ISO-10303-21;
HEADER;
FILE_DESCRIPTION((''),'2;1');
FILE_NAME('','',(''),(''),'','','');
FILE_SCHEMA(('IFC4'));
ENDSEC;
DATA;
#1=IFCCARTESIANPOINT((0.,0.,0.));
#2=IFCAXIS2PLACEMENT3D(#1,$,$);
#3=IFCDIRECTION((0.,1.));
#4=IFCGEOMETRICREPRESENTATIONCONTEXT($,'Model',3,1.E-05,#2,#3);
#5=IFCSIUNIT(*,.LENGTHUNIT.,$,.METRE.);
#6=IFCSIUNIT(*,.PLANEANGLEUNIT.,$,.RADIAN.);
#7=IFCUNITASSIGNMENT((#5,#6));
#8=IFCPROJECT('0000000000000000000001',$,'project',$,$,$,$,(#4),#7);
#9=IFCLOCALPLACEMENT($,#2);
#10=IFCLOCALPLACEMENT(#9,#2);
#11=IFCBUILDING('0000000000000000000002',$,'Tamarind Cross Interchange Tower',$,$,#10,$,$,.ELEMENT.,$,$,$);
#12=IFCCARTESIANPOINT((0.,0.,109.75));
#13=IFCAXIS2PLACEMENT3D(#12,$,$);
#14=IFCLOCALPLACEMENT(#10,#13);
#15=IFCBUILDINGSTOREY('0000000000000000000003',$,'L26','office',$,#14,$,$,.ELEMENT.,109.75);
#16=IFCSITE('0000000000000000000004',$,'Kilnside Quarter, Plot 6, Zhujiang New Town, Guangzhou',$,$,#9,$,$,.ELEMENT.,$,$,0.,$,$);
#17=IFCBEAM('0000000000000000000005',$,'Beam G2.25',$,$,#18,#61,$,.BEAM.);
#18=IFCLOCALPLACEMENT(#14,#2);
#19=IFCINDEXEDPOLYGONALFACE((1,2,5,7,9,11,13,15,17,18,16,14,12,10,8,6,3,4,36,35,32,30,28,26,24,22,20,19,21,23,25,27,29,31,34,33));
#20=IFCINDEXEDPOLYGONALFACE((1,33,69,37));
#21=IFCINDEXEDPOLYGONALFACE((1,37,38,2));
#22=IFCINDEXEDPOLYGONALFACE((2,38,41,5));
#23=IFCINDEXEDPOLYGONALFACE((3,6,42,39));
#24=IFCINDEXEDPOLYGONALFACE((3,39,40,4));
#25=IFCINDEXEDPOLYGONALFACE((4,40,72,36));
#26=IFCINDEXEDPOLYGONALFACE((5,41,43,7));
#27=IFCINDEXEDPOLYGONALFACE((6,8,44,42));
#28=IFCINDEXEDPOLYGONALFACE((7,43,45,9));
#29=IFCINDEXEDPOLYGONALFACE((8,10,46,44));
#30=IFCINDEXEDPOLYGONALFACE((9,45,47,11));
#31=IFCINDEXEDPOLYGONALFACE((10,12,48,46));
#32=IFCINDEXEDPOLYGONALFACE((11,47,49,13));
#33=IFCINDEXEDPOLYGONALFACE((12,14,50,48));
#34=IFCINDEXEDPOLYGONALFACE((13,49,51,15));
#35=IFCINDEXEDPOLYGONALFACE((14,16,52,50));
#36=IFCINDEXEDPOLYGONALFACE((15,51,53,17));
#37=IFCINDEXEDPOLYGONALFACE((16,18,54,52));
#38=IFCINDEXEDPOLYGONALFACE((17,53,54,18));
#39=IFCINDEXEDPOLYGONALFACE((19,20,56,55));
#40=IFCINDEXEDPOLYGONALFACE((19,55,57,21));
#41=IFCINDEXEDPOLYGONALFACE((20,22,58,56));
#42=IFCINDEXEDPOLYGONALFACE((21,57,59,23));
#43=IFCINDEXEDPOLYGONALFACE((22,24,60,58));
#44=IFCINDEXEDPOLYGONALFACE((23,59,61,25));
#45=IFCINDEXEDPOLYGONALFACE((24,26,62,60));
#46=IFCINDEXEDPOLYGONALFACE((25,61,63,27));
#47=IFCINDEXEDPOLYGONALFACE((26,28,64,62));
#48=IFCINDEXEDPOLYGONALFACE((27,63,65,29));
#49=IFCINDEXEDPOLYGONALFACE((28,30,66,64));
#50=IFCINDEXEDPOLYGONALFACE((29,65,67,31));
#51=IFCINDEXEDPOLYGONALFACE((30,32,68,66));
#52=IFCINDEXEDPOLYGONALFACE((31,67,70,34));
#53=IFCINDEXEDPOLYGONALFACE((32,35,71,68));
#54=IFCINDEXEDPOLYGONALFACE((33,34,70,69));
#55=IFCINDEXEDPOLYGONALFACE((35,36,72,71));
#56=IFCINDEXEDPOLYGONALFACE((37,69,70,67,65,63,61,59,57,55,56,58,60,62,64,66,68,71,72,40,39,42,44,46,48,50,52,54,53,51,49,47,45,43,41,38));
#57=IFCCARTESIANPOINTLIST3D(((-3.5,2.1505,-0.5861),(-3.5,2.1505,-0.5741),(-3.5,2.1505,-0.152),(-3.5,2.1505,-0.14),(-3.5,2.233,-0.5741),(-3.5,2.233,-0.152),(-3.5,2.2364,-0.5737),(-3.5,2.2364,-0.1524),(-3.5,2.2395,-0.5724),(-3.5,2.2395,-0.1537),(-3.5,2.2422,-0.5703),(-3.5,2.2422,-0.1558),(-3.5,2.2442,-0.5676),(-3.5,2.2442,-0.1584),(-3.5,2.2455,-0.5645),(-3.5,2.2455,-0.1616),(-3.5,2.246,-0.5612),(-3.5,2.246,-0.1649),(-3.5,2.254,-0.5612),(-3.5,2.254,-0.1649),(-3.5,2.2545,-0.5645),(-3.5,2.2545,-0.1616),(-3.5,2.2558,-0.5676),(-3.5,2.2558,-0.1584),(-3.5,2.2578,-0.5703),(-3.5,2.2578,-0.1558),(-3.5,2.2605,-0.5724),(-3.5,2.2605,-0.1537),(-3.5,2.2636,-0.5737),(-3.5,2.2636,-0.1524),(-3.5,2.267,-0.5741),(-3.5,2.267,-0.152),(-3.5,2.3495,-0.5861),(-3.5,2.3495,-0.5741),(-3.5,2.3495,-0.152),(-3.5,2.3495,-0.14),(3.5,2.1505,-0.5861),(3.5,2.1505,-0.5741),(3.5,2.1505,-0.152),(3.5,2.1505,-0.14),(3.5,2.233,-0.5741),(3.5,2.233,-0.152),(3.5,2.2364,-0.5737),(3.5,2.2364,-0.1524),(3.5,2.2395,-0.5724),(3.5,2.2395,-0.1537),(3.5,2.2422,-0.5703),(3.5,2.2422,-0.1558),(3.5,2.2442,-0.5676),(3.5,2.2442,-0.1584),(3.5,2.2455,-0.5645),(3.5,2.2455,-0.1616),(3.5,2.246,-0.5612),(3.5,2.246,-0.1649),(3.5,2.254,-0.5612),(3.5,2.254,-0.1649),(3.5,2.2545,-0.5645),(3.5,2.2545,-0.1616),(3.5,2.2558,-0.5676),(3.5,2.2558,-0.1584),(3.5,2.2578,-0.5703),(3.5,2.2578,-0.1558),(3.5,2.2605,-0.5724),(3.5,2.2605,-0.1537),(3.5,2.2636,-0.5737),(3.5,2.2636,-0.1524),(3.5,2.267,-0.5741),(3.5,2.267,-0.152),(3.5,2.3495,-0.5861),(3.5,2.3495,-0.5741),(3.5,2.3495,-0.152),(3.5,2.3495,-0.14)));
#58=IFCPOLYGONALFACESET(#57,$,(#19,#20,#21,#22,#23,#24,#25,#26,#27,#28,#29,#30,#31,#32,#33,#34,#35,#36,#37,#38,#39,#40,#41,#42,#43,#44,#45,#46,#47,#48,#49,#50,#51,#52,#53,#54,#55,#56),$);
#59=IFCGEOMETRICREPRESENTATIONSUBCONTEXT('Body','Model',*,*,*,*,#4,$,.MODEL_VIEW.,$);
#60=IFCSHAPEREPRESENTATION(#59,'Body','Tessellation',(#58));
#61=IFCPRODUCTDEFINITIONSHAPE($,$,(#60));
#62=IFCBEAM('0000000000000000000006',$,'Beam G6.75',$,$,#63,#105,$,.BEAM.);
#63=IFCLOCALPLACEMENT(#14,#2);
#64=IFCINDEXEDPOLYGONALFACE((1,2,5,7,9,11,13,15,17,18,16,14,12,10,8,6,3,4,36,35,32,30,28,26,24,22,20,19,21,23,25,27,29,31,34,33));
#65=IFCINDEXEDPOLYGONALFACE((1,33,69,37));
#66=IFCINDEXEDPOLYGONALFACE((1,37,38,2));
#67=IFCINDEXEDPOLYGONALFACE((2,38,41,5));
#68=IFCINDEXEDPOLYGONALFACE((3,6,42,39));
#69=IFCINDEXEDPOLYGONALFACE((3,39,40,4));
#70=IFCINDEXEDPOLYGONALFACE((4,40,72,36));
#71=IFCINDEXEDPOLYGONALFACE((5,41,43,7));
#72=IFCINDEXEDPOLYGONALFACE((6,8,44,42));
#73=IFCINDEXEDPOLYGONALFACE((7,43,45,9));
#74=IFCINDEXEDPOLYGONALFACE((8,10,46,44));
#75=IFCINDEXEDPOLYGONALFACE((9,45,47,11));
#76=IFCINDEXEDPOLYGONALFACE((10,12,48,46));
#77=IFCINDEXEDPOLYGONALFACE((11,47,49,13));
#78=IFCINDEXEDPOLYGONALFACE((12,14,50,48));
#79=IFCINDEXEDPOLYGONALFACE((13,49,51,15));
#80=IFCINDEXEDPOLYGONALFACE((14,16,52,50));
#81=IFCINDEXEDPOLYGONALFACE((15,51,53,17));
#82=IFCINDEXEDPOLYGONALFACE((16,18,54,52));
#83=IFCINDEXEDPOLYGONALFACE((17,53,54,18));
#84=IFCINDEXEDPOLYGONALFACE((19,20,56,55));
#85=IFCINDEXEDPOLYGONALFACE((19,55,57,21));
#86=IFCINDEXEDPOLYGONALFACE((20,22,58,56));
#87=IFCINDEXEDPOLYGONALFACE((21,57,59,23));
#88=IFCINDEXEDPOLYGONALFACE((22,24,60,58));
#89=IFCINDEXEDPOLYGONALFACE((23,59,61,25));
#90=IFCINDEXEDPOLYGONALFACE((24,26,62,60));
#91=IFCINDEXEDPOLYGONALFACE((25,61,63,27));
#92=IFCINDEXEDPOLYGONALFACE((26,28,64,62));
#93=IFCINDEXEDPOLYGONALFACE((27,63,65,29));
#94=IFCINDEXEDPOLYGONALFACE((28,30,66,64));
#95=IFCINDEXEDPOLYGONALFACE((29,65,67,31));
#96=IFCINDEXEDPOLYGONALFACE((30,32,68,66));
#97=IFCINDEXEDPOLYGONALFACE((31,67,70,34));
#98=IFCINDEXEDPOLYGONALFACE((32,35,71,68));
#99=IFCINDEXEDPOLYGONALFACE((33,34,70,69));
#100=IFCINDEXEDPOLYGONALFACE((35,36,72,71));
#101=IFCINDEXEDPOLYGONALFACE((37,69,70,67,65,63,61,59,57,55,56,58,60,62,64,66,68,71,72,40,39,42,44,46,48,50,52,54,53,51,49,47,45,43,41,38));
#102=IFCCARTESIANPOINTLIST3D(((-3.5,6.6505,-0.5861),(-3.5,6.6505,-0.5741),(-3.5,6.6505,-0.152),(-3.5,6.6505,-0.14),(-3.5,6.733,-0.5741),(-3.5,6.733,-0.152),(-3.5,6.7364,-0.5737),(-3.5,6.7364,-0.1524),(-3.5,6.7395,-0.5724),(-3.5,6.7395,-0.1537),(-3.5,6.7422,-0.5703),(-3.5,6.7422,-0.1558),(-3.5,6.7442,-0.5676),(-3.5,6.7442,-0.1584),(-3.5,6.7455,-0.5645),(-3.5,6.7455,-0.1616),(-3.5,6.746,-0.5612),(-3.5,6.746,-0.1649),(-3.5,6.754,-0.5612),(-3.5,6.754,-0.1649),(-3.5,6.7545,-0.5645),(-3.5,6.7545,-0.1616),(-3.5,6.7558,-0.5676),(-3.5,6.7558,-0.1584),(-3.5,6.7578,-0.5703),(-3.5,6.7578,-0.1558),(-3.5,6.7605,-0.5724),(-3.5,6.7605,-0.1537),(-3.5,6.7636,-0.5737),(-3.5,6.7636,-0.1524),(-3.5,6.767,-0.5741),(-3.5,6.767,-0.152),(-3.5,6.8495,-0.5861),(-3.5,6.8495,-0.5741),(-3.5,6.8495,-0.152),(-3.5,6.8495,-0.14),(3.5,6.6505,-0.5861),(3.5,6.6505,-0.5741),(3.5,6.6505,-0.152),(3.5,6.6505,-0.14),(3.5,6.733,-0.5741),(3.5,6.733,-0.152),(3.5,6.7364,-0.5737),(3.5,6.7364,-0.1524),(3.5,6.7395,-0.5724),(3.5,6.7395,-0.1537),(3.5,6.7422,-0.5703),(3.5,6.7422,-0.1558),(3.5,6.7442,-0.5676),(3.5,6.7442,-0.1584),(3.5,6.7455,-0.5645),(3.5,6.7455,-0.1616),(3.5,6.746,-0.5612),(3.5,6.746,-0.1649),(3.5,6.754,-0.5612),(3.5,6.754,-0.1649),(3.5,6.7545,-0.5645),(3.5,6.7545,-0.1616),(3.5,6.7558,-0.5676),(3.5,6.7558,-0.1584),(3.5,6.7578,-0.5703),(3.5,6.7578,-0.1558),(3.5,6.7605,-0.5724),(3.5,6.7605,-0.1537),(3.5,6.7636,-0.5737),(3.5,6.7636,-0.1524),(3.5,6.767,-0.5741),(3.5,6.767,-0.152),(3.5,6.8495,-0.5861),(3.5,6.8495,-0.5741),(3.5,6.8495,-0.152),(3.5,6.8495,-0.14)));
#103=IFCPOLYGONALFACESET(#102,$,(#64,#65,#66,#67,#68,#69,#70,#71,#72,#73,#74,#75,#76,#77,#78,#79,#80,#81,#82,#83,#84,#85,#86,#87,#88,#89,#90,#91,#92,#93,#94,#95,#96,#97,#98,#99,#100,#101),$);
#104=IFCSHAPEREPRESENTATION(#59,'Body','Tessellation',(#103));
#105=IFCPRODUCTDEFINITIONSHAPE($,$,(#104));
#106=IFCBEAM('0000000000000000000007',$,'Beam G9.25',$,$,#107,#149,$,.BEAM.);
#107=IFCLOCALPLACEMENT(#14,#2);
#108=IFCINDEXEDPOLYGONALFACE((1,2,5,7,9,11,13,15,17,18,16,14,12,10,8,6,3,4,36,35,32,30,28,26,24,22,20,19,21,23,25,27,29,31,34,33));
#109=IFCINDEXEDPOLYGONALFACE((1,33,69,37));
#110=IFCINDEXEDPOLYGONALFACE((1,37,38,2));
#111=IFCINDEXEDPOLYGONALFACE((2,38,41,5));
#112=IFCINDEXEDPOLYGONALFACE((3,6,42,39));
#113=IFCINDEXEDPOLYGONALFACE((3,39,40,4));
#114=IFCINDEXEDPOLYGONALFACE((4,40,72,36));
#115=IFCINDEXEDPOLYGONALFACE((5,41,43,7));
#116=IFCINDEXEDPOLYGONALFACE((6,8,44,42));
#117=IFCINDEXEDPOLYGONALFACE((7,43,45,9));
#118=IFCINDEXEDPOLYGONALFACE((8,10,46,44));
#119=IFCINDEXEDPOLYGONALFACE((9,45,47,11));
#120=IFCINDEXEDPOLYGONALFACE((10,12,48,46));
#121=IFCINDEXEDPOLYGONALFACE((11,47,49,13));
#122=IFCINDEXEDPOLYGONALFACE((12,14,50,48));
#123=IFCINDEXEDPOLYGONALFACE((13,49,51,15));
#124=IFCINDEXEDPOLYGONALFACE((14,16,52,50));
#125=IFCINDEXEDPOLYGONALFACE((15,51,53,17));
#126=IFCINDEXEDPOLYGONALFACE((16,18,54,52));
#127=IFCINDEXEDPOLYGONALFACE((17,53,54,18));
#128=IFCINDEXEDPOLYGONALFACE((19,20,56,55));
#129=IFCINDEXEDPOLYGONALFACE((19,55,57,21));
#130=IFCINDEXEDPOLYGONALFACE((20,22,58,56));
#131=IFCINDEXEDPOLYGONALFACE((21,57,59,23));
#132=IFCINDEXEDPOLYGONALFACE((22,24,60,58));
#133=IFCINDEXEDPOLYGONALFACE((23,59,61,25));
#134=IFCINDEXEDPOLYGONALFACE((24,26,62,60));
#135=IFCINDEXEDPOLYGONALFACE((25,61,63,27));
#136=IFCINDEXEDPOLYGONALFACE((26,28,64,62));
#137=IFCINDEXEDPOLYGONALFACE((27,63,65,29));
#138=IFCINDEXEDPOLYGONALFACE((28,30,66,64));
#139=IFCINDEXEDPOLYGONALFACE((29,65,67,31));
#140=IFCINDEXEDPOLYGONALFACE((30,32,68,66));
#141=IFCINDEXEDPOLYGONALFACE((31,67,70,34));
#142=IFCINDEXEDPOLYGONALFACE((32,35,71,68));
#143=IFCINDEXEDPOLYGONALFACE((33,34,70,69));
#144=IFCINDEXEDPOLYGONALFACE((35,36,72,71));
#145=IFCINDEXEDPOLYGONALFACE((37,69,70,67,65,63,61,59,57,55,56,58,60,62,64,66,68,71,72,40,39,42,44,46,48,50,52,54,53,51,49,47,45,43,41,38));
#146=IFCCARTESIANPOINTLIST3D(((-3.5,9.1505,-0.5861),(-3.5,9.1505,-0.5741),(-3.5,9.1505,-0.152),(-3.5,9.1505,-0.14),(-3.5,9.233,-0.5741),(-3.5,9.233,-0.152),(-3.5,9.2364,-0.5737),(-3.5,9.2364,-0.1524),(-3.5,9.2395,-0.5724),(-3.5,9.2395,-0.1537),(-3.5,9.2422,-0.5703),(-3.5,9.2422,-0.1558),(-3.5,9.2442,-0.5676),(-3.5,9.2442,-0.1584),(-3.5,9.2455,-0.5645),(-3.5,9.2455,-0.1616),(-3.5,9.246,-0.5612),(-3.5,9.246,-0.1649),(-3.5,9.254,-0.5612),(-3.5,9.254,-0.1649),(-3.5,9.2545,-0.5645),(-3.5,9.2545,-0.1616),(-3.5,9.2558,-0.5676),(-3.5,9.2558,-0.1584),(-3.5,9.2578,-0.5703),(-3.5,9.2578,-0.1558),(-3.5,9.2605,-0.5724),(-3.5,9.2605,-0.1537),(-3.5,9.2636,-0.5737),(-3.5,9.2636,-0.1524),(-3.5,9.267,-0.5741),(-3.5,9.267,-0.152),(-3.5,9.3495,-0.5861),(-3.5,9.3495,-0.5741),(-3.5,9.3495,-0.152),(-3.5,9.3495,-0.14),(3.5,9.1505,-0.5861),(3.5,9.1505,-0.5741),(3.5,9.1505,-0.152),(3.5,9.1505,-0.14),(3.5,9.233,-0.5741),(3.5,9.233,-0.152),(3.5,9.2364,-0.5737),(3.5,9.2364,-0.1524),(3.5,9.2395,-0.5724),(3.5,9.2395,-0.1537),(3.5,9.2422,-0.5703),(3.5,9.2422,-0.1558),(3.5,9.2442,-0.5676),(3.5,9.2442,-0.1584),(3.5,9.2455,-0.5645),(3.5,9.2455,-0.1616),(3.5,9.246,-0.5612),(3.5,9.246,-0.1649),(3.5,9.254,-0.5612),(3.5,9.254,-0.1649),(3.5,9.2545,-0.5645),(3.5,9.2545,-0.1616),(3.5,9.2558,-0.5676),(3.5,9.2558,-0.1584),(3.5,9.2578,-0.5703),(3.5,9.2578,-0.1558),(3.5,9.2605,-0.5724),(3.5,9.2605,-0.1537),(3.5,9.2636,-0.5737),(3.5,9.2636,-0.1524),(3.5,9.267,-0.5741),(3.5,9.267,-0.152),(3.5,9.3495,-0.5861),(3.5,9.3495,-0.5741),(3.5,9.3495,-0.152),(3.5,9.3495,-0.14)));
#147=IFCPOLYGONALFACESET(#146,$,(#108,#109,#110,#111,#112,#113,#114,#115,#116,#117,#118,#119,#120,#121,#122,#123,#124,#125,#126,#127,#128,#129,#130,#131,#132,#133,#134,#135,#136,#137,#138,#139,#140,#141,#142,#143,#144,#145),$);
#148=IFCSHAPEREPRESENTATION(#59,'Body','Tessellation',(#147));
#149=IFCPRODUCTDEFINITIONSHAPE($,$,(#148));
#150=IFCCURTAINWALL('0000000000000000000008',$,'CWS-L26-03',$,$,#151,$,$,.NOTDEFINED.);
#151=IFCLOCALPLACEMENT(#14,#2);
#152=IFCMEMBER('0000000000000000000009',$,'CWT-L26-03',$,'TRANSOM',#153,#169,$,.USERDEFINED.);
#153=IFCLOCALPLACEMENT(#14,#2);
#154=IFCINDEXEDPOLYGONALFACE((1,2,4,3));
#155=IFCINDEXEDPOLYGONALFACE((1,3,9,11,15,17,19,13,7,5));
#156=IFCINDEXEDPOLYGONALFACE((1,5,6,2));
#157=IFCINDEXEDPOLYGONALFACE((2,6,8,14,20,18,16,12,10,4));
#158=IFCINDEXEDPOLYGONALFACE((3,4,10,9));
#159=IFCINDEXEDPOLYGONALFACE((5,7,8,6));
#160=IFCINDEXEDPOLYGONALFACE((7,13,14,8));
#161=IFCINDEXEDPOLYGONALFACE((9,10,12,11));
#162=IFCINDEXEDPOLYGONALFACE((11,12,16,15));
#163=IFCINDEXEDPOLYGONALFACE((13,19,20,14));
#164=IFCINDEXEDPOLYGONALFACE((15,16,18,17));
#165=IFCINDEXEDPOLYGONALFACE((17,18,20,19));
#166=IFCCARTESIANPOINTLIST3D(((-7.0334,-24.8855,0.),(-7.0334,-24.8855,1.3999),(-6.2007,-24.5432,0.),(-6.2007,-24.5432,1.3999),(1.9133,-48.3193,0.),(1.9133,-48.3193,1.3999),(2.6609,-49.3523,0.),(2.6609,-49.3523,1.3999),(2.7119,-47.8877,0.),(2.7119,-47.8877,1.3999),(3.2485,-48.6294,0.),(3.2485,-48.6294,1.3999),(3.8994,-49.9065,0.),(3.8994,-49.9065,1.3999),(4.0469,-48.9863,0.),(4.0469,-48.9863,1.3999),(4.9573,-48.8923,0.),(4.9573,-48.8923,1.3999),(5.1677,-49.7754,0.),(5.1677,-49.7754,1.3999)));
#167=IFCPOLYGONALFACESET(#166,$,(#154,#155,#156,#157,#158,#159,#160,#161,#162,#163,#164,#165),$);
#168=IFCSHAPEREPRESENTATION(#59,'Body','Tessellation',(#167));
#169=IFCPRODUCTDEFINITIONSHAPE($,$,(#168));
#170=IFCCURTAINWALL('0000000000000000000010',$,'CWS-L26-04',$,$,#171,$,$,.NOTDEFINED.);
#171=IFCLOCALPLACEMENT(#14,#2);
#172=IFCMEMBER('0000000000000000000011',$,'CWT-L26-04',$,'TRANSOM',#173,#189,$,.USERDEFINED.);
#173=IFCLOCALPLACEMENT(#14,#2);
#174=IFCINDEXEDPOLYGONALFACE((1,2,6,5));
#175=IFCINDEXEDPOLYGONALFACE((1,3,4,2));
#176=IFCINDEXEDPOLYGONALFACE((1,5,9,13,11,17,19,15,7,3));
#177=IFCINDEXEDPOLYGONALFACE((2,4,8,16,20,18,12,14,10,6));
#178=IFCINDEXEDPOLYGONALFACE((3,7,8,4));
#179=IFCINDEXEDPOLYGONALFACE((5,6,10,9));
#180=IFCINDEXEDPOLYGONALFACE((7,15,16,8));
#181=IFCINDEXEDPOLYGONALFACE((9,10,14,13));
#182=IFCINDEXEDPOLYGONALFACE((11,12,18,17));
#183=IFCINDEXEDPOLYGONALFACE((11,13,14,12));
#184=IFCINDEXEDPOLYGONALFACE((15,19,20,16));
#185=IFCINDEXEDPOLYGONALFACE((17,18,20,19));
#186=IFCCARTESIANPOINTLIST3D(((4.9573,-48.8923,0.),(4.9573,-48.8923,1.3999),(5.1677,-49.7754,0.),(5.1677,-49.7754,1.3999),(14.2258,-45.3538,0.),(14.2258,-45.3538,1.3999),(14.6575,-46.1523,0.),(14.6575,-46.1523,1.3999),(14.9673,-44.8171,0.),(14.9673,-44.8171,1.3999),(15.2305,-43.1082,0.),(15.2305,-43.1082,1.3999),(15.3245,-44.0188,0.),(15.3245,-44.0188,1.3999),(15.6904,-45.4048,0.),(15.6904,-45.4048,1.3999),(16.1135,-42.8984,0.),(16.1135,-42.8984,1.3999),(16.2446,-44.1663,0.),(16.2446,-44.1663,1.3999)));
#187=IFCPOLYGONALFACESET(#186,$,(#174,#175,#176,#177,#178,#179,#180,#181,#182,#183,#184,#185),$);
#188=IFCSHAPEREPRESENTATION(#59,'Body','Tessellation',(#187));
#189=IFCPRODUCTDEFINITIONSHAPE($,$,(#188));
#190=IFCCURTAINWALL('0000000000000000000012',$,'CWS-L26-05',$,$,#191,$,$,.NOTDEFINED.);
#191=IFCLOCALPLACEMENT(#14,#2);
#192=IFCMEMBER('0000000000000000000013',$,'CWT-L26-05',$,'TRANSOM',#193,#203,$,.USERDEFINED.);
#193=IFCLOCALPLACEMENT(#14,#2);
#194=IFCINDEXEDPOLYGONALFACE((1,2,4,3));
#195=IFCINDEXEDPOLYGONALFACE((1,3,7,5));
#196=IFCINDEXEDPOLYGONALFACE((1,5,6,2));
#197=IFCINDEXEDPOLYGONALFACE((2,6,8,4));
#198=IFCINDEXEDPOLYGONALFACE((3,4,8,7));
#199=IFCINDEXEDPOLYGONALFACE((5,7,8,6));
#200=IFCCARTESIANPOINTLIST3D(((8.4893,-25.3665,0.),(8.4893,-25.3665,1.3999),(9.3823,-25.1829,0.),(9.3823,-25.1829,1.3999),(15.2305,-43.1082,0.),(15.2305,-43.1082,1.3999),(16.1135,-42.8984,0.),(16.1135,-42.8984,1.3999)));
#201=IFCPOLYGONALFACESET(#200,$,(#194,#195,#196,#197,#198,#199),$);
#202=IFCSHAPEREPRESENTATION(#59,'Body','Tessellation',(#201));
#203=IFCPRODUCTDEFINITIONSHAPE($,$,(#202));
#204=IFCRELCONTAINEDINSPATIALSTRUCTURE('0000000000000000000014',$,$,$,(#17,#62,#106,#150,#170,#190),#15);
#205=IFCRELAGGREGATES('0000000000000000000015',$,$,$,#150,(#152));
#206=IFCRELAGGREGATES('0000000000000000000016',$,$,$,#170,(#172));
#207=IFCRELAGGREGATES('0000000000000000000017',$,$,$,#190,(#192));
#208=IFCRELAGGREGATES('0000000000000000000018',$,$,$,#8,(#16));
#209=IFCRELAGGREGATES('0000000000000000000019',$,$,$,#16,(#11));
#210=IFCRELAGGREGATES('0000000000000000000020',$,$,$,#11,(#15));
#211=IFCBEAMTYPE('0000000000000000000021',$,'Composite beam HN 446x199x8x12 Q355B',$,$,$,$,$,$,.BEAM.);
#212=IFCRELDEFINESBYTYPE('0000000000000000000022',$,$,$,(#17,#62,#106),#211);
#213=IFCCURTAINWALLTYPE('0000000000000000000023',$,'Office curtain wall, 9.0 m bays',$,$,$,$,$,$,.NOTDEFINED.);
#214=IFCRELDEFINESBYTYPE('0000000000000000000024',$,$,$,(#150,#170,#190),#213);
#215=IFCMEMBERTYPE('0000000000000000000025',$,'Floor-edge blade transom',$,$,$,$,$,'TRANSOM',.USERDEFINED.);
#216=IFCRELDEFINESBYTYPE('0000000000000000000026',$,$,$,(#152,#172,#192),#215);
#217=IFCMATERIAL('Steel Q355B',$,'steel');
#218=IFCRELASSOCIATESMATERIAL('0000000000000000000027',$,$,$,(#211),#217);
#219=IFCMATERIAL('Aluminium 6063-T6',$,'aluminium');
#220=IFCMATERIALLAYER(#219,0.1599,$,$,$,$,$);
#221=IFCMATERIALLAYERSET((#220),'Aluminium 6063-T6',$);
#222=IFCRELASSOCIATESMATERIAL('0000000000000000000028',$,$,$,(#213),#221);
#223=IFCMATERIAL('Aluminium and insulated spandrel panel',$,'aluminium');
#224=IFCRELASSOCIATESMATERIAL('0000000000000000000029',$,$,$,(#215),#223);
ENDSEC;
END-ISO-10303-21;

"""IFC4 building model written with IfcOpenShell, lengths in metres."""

from ifc_helpers import new_model, si_unit, direction, frame, origin, origin_2d, place, context, subcontext, project, spatial, polyline, i_section, outline, extrude, material, layer, layer_set, material_profile, profile_set, type_object, element, aggregate, save


model = new_model("IFC4")

# Units and contexts
model_context = context("Model", 3, precision=1e-05, world=origin(), true_north=direction((0.0, 1.0)))
body_context = subcontext(model_context, "Body", "Model", "MODEL_VIEW")
ifc_project = project(units=[si_unit("LENGTHUNIT", "METRE"), si_unit("PLANEANGLEUNIT", "RADIAN")], contexts=[model_context])

# Site, building, storey
site_placement = place(None, origin())
site = spatial("IfcSite", under=ifc_project, at=site_placement, Name="Kilnside Quarter, Plot 6, Zhujiang New Town, Guangzhou", CompositionType="ELEMENT", RefElevation=0.0)
building_placement = place(site_placement, origin())
building = spatial("IfcBuilding", under=site, at=building_placement, Name="Tamarind Cross Interchange Tower", CompositionType="ELEMENT")
storey_placement = place(building_placement, frame((0.0, 0.0, 109.75)))
storey = spatial("IfcBuildingStorey", under=building, at=storey_placement, Name="L26", Description="office", CompositionType="ELEMENT", Elevation=109.75)

# Beams
ifc_material_1 = material(Name="Steel Q355B", Category="steel")
ifc_material_profile = material_profile(ifc_material_1, i_section(OverallWidth=0.199, OverallDepth=0.446, WebThickness=0.0081, FlangeThickness=0.012, FilletRadius=0.0129, at=origin_2d()), Name="HN 446x199x8x12")
ifc_profile_set = profile_set([ifc_material_profile], Name="Steel Q355B")
beam_type = type_object("IfcBeamType", Name="Composite beam HN 446x199x8x12 Q355B", PredefinedType="BEAM", material=ifc_profile_set)
for number, where, z_axis, x_axis, name in (
    (1, (-3.5, 2.25, -0.363), (1.0, 0.0, 0.0), (0.0, 1.0, 0.0), "Beam G2.25"),
    (2, (-3.5, 6.75, -0.363), (1.0, 0.0, 0.0), (0.0, 1.0, 0.0), "Beam G6.75"),
    (3, (-3.5, 9.25, -0.363), (1.0, 0.0, 0.0), (0.0, 1.0, 0.0), "Beam G9.25"),
):
    element("IfcBeam", number, at=place(storey_placement, frame(where, z_axis=z_axis, x_axis=x_axis)), inside=storey, type_object=beam_type, Name=name, PredefinedType="BEAM", context=body_context, shape_type="SweptSolid", body=[
        extrude(i_section(OverallWidth=0.199, OverallDepth=0.446, WebThickness=0.0081, FlangeThickness=0.012, FilletRadius=0.0129, at=origin_2d()), origin(), (0.0, 0.0, 1.0), 7.0),
    ])

# Curtain walls, members
ifc_material_2 = material(Name="Aluminium 6063-T6", Category="aluminium")
ifc_layer_1 = layer(ifc_material_2, 0.1599)
ifc_layer_set_1 = layer_set([ifc_layer_1], Name="Aluminium 6063-T6")
curtain_wall_type = type_object("IfcCurtainWallType", Name="Office curtain wall, 9.0 m bays", PredefinedType="NOTDEFINED", material=ifc_layer_set_1)
curtain_wall_1_placement = place(storey_placement, origin())
curtain_wall_1 = element("IfcCurtainWall", 4, at=curtain_wall_1_placement, inside=storey, type_object=curtain_wall_type, Name="CWS-L26-03", PredefinedType="NOTDEFINED")
ifc_material_3 = material(Name="Aluminium and insulated spandrel panel", Category="aluminium")
member_type = type_object("IfcMemberType", Name="Floor-edge blade transom", ElementType="TRANSOM", PredefinedType="USERDEFINED", material=ifc_material_3)
member_1_placement = place(storey_placement, origin())
member_1 = element("IfcMember", 5, at=member_1_placement, type_object=member_type, Name="CWT-L26-03", ObjectType="TRANSOM", PredefinedType="USERDEFINED", context=body_context, shape_type="SweptSolid", body=[
    extrude(outline(polyline([(-6.2007, -24.5432), (2.7119, -47.8877), (3.2485, -48.6294), (4.0469, -48.9863), (4.9573, -48.8923), (5.1677, -49.7754), (3.8994, -49.9065), (2.6609, -49.3523), (1.9133, -48.3193), (-7.0334, -24.8855), (-6.2007, -24.5432)])), origin(), (0.0, 0.0, 1.0), 1.3999),
])
curtain_wall_2_placement = place(storey_placement, origin())
curtain_wall_2 = element("IfcCurtainWall", 6, at=curtain_wall_2_placement, inside=storey, type_object=curtain_wall_type, Name="CWS-L26-04", PredefinedType="NOTDEFINED")
member_2_placement = place(storey_placement, origin())
member_2 = element("IfcMember", 7, at=member_2_placement, type_object=member_type, Name="CWT-L26-04", ObjectType="TRANSOM", PredefinedType="USERDEFINED", context=body_context, shape_type="SweptSolid", body=[
    extrude(outline(polyline([(4.9573, -48.8923), (14.2258, -45.3538), (14.9673, -44.8171), (15.3245, -44.0188), (15.2305, -43.1082), (16.1135, -42.8984), (16.2446, -44.1663), (15.6904, -45.4048), (14.6575, -46.1523), (5.1677, -49.7754), (4.9573, -48.8923)])), origin(), (0.0, 0.0, 1.0), 1.3999),
])
curtain_wall_3_placement = place(storey_placement, origin())
curtain_wall_3 = element("IfcCurtainWall", 8, at=curtain_wall_3_placement, inside=storey, type_object=curtain_wall_type, Name="CWS-L26-05", PredefinedType="NOTDEFINED")
member_3_placement = place(storey_placement, origin())
member_3 = element("IfcMember", 9, at=member_3_placement, type_object=member_type, Name="CWT-L26-05", ObjectType="TRANSOM", PredefinedType="USERDEFINED", context=body_context, shape_type="SweptSolid", body=[
    extrude(outline(polyline([(15.2305, -43.1082), (8.4893, -25.3665), (9.3823, -25.1829), (16.1135, -42.8984), (15.2305, -43.1082)])), origin(), (0.0, 0.0, 1.0), 1.3999),
])

aggregate(curtain_wall_1, [member_1])
aggregate(curtain_wall_2, [member_2])
aggregate(curtain_wall_3, [member_3])

save(model, "model.ifc")
